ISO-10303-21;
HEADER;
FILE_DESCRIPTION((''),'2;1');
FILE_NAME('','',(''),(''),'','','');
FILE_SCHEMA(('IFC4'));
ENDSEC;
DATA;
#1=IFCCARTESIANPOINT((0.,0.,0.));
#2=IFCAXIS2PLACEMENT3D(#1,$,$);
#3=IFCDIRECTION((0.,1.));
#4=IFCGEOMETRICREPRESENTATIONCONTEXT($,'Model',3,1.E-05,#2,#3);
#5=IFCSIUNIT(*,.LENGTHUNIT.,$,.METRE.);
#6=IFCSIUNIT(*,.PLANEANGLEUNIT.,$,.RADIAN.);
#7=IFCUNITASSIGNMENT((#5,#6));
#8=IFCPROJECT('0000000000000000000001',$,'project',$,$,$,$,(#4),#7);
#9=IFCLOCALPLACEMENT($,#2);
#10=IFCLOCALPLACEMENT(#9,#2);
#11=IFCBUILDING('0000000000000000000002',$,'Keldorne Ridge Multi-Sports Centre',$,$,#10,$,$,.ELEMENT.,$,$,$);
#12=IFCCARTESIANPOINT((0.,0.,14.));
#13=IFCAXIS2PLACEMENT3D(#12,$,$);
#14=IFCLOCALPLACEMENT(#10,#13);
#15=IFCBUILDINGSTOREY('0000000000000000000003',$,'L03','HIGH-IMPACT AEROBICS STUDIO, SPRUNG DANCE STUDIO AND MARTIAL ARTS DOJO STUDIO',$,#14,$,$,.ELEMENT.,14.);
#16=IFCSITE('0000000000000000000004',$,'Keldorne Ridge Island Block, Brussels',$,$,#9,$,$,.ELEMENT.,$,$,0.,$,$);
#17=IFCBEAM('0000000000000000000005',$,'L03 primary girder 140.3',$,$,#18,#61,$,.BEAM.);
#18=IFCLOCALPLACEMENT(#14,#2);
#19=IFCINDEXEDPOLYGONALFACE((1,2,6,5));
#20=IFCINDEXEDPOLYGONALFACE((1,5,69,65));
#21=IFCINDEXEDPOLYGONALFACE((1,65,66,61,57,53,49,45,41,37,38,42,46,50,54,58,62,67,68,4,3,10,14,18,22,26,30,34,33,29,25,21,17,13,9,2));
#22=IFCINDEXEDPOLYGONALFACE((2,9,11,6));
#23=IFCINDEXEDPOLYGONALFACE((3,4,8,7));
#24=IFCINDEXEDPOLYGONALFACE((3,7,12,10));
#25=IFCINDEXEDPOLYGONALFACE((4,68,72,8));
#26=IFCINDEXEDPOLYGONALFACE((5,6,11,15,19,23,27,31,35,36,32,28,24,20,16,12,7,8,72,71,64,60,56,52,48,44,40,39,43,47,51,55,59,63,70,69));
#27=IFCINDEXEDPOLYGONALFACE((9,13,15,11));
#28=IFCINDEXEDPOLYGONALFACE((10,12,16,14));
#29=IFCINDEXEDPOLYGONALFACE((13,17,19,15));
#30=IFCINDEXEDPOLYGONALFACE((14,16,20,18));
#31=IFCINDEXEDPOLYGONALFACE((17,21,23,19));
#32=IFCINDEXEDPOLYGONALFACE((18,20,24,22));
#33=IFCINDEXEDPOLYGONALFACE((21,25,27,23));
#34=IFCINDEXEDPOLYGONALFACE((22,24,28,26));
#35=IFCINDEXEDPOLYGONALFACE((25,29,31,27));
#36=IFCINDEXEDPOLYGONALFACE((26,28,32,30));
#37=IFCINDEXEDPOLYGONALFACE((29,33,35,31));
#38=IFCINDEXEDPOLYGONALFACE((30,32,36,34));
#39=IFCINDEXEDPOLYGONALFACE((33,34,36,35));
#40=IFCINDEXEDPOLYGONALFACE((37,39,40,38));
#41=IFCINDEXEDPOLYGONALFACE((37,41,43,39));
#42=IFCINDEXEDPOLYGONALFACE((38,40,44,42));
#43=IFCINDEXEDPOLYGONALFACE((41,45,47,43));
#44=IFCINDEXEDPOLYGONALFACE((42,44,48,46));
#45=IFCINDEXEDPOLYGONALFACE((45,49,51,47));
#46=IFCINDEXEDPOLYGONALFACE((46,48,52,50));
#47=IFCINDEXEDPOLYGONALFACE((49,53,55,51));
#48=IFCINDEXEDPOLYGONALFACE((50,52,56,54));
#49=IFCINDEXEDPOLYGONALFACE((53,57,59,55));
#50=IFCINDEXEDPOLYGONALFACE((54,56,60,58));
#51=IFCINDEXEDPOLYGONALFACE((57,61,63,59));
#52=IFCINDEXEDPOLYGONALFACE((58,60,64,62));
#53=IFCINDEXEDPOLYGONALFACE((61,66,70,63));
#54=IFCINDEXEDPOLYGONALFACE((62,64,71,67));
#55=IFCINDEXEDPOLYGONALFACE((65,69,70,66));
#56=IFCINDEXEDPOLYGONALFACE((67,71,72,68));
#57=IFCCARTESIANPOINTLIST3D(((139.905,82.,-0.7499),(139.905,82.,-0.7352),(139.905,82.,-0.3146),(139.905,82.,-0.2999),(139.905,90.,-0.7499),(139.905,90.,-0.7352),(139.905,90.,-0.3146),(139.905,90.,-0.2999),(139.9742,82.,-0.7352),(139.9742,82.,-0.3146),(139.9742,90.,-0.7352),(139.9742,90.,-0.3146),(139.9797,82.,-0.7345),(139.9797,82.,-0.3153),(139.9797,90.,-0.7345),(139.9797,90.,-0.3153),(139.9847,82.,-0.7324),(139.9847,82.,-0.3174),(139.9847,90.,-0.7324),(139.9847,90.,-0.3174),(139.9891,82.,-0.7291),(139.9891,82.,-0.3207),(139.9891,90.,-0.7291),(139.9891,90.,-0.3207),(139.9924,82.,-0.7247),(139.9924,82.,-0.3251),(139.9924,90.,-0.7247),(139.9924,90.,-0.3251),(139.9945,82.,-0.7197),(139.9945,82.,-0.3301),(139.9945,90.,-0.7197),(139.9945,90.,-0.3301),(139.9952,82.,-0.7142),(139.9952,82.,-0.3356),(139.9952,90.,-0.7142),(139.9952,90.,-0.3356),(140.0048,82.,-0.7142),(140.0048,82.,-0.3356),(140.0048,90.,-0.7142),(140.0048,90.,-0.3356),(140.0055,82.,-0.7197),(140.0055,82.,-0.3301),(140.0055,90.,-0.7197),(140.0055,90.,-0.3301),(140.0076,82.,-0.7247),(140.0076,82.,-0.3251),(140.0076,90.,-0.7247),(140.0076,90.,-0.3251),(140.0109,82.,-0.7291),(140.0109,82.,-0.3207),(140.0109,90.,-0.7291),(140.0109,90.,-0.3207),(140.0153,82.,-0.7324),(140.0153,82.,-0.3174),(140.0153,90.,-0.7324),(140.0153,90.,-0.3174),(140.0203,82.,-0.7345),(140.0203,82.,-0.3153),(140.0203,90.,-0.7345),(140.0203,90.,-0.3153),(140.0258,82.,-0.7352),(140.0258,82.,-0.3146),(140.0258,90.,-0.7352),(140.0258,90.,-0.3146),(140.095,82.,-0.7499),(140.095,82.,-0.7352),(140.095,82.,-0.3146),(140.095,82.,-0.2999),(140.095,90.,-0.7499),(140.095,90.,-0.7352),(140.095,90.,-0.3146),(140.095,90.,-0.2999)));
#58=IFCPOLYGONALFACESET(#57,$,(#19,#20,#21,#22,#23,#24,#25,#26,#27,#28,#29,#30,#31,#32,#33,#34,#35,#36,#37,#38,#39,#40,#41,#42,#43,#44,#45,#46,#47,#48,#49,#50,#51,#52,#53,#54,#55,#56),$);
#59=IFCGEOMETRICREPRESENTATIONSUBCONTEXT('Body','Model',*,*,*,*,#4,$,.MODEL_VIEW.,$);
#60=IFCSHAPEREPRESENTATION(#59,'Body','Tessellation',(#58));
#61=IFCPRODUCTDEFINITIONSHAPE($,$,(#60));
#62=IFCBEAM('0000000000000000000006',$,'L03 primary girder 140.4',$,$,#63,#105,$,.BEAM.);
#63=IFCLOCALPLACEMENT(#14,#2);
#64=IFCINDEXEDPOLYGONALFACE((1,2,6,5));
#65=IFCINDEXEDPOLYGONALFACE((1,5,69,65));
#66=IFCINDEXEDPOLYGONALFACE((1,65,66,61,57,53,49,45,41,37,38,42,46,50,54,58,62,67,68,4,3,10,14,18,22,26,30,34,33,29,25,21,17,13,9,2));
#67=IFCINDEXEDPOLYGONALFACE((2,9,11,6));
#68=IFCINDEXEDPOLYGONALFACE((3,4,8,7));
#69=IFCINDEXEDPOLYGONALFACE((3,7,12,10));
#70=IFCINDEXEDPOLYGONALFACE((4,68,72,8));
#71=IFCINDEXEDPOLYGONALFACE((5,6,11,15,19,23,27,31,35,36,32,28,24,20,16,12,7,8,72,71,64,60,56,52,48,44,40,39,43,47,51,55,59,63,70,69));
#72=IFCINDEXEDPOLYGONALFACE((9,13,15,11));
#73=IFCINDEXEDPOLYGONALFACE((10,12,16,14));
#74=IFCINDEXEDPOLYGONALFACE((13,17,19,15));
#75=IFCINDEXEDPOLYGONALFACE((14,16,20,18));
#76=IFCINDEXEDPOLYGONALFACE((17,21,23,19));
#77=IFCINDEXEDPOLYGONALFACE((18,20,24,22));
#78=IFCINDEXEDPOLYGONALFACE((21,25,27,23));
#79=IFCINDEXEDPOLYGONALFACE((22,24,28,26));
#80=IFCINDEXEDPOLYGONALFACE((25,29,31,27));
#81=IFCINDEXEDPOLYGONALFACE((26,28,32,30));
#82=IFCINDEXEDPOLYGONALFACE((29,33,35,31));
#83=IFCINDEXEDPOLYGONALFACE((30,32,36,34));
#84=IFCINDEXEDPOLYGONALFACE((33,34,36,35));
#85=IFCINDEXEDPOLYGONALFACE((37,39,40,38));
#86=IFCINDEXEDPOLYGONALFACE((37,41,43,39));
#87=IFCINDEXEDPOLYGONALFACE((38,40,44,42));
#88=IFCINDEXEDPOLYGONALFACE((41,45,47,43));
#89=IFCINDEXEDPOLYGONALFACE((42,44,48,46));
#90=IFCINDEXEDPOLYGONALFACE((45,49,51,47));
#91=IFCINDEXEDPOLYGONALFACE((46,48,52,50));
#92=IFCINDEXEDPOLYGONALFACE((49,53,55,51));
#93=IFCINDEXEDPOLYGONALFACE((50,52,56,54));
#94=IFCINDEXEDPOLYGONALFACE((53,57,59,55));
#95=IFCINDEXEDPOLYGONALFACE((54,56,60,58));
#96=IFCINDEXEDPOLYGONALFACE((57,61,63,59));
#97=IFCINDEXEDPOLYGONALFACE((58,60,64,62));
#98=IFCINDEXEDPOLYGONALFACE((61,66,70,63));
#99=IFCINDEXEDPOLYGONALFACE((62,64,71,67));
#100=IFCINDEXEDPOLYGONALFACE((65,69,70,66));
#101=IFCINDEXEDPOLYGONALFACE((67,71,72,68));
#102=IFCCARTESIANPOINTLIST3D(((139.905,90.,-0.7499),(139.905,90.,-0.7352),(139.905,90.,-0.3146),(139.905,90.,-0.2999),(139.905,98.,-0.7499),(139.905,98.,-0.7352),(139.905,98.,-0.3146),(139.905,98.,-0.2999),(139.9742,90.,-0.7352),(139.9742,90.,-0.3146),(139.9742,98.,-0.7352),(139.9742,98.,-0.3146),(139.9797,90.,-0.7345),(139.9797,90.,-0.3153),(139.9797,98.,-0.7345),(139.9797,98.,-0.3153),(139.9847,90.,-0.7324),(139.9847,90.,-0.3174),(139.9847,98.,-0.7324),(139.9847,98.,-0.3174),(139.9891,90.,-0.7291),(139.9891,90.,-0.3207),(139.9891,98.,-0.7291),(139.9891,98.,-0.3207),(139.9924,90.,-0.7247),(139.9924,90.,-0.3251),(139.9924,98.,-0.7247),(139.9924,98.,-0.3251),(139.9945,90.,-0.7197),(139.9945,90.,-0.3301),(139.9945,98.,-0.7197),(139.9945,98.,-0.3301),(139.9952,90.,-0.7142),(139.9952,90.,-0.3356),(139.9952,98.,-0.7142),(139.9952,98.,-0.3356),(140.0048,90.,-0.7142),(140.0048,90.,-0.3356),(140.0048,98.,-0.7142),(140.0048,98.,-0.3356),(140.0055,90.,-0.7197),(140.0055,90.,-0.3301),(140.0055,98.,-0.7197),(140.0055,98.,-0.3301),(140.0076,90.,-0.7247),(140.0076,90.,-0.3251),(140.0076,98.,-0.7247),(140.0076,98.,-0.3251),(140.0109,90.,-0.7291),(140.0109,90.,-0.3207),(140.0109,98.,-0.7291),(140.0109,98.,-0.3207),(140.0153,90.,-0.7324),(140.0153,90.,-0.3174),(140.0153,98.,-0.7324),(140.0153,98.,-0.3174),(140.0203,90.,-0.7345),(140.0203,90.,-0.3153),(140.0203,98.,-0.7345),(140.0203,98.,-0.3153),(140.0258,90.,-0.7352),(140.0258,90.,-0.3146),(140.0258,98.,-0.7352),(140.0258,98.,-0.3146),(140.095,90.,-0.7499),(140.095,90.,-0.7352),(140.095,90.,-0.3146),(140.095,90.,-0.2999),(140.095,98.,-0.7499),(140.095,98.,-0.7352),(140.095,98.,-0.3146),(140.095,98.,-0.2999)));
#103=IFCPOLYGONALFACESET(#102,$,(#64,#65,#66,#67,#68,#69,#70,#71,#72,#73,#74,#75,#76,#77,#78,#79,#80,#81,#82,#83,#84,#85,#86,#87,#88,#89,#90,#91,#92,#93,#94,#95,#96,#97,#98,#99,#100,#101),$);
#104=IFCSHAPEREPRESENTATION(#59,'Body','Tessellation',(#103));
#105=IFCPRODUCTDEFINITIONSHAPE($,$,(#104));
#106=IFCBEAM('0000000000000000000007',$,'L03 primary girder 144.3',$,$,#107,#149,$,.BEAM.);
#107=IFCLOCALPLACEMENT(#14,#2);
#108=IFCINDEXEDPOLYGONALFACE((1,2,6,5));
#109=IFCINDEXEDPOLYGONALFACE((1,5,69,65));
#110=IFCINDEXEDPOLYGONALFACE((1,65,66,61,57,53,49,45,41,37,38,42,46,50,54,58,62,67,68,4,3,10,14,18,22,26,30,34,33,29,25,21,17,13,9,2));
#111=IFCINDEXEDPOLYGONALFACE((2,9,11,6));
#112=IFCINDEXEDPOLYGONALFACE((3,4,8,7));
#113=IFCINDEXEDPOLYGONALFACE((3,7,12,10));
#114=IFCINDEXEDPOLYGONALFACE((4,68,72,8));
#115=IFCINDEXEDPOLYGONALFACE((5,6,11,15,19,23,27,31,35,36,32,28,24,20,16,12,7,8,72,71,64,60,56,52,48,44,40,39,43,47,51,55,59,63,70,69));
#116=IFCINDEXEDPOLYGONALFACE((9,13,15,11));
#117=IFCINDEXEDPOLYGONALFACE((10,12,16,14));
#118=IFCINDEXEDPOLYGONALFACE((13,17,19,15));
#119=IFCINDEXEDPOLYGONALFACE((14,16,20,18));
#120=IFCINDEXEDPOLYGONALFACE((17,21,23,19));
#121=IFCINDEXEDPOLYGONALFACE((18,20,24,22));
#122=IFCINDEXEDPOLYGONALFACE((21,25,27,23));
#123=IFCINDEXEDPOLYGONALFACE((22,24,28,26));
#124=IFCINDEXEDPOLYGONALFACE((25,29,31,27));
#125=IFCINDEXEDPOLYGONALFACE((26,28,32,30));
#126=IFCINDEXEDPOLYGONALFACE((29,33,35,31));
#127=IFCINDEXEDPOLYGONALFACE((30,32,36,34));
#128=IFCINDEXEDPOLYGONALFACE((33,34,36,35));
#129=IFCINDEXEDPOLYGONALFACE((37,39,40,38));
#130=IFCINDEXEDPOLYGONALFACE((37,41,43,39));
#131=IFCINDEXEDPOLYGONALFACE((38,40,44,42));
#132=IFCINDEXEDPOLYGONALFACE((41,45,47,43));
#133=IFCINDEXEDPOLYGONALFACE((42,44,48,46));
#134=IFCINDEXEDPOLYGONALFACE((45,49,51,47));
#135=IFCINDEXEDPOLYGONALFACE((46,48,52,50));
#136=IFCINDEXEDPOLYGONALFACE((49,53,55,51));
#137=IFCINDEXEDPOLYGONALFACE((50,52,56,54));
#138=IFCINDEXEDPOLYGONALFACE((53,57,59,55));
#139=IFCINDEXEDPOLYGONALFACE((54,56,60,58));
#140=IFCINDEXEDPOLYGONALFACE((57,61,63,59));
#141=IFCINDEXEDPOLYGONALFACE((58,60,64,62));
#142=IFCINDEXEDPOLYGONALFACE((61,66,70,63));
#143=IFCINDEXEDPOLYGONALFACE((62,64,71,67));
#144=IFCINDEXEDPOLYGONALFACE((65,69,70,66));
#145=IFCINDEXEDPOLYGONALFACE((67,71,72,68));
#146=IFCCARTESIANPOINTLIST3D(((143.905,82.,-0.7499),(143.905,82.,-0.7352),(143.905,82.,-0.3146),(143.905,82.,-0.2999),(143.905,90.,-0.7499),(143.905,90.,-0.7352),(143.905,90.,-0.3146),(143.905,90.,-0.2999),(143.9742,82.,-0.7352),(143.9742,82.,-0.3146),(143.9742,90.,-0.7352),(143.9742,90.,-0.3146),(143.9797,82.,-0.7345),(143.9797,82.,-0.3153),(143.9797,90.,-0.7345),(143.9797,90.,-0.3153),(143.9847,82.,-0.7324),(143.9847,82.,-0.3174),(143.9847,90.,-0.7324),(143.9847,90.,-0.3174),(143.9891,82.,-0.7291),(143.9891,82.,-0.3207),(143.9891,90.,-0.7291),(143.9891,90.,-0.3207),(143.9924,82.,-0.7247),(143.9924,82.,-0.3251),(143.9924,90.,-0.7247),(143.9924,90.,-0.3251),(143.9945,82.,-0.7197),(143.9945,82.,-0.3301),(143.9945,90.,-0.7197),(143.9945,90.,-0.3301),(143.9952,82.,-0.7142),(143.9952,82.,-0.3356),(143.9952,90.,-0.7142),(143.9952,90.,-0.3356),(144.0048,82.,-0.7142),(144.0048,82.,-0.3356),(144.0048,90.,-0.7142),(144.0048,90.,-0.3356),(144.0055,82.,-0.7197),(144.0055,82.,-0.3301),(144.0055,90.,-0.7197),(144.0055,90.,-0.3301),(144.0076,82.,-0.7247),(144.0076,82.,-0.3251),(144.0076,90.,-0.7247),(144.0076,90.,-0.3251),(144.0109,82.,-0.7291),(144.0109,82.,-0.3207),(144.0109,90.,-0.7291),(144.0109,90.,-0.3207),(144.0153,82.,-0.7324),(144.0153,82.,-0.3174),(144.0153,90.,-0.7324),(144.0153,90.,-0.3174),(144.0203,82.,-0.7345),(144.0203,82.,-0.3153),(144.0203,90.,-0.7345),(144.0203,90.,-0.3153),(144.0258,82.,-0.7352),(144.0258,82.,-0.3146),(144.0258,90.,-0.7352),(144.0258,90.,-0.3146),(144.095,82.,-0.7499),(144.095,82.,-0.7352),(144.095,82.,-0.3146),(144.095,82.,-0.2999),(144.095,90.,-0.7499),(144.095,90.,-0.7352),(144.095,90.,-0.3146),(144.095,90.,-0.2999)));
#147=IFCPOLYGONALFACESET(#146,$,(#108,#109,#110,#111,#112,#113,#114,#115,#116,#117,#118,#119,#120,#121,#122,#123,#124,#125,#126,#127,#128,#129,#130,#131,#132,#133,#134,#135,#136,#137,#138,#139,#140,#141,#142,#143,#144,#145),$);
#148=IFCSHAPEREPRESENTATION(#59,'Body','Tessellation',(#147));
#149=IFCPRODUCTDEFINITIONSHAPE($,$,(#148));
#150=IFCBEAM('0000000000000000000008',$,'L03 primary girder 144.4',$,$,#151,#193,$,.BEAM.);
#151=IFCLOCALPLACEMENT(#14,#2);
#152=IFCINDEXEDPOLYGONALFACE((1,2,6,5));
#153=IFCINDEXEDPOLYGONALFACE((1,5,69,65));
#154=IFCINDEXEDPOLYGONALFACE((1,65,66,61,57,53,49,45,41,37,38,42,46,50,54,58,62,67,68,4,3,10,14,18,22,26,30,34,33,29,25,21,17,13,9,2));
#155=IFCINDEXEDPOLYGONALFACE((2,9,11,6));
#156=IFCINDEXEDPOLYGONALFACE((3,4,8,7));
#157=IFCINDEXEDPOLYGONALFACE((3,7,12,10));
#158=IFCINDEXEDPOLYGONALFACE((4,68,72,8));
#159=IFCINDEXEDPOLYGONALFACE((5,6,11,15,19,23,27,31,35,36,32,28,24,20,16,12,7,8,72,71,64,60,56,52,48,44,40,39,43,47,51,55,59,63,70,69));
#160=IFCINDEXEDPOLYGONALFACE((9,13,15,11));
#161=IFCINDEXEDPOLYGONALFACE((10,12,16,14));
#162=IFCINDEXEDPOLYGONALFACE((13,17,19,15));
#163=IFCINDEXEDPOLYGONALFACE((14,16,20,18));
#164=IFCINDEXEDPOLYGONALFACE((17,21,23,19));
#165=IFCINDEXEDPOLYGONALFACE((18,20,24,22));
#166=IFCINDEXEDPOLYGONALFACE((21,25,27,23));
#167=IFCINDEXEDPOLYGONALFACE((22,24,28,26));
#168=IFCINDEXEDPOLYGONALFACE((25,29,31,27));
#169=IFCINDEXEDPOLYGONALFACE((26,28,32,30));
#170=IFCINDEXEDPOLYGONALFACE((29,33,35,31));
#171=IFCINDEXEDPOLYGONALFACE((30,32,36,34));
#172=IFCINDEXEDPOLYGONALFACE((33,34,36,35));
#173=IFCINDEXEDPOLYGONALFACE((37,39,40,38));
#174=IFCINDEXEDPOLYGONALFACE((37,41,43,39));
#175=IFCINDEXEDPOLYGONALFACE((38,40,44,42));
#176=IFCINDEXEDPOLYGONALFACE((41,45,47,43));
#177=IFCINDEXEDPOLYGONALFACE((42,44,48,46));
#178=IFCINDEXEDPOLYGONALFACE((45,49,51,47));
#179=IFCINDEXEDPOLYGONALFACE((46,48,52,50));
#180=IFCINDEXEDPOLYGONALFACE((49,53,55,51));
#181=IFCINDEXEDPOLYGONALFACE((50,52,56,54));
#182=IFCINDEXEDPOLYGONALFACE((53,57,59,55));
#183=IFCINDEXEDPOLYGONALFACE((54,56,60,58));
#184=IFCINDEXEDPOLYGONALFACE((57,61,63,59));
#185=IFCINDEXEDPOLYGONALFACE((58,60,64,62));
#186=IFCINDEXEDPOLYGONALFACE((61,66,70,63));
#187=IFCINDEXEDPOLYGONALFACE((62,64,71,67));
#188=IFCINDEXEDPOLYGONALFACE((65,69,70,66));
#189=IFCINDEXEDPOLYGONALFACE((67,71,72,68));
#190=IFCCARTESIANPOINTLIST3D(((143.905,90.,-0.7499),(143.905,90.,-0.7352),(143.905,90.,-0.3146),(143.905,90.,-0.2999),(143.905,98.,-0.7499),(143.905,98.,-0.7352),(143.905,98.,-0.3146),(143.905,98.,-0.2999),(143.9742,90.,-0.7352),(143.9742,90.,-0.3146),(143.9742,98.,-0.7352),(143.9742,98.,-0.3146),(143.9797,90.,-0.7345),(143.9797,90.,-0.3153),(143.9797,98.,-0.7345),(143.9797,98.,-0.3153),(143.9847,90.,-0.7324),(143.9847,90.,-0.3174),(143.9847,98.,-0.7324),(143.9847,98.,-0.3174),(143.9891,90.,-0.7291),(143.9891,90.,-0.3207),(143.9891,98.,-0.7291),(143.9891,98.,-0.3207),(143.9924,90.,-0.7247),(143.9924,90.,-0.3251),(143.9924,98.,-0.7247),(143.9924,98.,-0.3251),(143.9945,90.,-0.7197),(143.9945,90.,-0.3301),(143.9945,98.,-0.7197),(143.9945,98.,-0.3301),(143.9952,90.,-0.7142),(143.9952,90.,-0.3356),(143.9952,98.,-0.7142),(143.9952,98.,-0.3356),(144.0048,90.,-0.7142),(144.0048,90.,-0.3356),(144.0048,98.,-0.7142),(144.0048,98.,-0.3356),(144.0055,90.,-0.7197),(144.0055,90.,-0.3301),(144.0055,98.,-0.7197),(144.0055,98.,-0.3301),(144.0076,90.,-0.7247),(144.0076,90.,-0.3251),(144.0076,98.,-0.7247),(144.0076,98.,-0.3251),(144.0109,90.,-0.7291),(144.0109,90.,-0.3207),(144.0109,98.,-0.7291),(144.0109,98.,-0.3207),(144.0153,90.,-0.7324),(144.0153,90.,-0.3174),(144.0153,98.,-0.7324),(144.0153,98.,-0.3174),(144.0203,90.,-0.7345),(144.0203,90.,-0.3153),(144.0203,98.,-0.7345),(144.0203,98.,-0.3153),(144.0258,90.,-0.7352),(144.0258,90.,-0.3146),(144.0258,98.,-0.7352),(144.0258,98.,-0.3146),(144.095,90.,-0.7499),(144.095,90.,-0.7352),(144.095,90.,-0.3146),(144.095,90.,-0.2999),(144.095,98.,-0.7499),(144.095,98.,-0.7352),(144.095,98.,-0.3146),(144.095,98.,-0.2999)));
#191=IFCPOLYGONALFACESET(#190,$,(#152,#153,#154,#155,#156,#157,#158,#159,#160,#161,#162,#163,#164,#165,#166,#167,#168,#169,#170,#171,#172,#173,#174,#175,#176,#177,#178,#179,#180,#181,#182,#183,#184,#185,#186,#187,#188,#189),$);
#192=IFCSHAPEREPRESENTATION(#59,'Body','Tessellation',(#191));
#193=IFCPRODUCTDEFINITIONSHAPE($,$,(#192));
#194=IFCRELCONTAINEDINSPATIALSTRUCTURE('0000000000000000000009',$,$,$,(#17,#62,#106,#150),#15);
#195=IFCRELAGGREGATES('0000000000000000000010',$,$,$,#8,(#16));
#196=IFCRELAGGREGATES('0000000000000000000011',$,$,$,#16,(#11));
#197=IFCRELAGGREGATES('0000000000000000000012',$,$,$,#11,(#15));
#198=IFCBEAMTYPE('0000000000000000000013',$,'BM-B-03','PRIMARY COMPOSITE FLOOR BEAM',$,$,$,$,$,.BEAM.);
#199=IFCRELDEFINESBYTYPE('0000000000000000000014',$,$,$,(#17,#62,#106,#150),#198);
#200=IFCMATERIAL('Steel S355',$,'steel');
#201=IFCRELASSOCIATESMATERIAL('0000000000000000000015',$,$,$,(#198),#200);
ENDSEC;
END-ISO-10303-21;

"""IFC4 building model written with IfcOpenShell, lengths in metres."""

from ifc_helpers import new_model, si_unit, direction, frame, origin, origin_2d, place, context, subcontext, project, spatial, i_section, extrude, material, material_profile, profile_set, type_object, element, save


model = new_model("IFC4")

# Units and contexts
model_context = context("Model", 3, precision=1e-05, world=origin(), true_north=direction((0.0, 1.0)))
body_context = subcontext(model_context, "Body", "Model", "MODEL_VIEW")
ifc_project = project(units=[si_unit("LENGTHUNIT", "METRE"), si_unit("PLANEANGLEUNIT", "RADIAN")], contexts=[model_context])

# Site, building, storey
site_placement = place(None, origin())
site = spatial("IfcSite", under=ifc_project, at=site_placement, Name="Keldorne Ridge Island Block, Brussels", CompositionType="ELEMENT", RefElevation=0.0)
building_placement = place(site_placement, origin())
building = spatial("IfcBuilding", under=site, at=building_placement, Name="Keldorne Ridge Multi-Sports Centre", CompositionType="ELEMENT")
storey_placement = place(building_placement, frame((0.0, 0.0, 14.0)))
storey = spatial("IfcBuildingStorey", under=building, at=storey_placement, Name="L03", Description="HIGH-IMPACT AEROBICS STUDIO, SPRUNG DANCE STUDIO AND MARTIAL ARTS DOJO STUDIO", CompositionType="ELEMENT", Elevation=14.0)

# Shared definitions
ifc_material_1 = material(Name="Steel S355", Category="steel")

# Beams
ifc_material_profile_1 = material_profile(ifc_material_1, i_section(OverallWidth=0.1899, OverallDepth=0.45, WebThickness=0.0095, FlangeThickness=0.0146, FilletRadius=0.021, at=origin_2d()), Name="IPE 450")
ifc_profile_set_1 = profile_set([ifc_material_profile_1], Name="Steel S355")
beam_type_1 = type_object("IfcBeamType", Name="BM-B-03", Description="PRIMARY COMPOSITE FLOOR BEAM", PredefinedType="BEAM", material=ifc_profile_set_1)
for number, where, z_axis, x_axis, name in (
    (1, (140.0, 82.0, -0.5249), (0.0, 1.0, 0.0), (-1.0, 0.0, 0.0), "L03 primary girder 140.3"),
    (2, (140.0, 90.0, -0.5249), (0.0, 1.0, 0.0), (-1.0, 0.0, 0.0), "L03 primary girder 140.4"),
    (3, (144.0, 82.0, -0.5249), (0.0, 1.0, 0.0), (-1.0, 0.0, 0.0), "L03 primary girder 144.3"),
    (4, (144.0, 90.0, -0.5249), (0.0, 1.0, 0.0), (-1.0, 0.0, 0.0), "L03 primary girder 144.4"),
):
    element("IfcBeam", number, at=place(storey_placement, frame(where, z_axis=z_axis, x_axis=x_axis)), inside=storey, type_object=beam_type_1, Name=name, PredefinedType="BEAM", context=body_context, shape_type="SweptSolid", body=[
        extrude(i_section(OverallWidth=0.1899, OverallDepth=0.45, WebThickness=0.0095, FlangeThickness=0.0146, FilletRadius=0.021, at=origin_2d()), origin(), (0.0, 0.0, 1.0), 8.0),
    ])

save(model, "model.ifc")
